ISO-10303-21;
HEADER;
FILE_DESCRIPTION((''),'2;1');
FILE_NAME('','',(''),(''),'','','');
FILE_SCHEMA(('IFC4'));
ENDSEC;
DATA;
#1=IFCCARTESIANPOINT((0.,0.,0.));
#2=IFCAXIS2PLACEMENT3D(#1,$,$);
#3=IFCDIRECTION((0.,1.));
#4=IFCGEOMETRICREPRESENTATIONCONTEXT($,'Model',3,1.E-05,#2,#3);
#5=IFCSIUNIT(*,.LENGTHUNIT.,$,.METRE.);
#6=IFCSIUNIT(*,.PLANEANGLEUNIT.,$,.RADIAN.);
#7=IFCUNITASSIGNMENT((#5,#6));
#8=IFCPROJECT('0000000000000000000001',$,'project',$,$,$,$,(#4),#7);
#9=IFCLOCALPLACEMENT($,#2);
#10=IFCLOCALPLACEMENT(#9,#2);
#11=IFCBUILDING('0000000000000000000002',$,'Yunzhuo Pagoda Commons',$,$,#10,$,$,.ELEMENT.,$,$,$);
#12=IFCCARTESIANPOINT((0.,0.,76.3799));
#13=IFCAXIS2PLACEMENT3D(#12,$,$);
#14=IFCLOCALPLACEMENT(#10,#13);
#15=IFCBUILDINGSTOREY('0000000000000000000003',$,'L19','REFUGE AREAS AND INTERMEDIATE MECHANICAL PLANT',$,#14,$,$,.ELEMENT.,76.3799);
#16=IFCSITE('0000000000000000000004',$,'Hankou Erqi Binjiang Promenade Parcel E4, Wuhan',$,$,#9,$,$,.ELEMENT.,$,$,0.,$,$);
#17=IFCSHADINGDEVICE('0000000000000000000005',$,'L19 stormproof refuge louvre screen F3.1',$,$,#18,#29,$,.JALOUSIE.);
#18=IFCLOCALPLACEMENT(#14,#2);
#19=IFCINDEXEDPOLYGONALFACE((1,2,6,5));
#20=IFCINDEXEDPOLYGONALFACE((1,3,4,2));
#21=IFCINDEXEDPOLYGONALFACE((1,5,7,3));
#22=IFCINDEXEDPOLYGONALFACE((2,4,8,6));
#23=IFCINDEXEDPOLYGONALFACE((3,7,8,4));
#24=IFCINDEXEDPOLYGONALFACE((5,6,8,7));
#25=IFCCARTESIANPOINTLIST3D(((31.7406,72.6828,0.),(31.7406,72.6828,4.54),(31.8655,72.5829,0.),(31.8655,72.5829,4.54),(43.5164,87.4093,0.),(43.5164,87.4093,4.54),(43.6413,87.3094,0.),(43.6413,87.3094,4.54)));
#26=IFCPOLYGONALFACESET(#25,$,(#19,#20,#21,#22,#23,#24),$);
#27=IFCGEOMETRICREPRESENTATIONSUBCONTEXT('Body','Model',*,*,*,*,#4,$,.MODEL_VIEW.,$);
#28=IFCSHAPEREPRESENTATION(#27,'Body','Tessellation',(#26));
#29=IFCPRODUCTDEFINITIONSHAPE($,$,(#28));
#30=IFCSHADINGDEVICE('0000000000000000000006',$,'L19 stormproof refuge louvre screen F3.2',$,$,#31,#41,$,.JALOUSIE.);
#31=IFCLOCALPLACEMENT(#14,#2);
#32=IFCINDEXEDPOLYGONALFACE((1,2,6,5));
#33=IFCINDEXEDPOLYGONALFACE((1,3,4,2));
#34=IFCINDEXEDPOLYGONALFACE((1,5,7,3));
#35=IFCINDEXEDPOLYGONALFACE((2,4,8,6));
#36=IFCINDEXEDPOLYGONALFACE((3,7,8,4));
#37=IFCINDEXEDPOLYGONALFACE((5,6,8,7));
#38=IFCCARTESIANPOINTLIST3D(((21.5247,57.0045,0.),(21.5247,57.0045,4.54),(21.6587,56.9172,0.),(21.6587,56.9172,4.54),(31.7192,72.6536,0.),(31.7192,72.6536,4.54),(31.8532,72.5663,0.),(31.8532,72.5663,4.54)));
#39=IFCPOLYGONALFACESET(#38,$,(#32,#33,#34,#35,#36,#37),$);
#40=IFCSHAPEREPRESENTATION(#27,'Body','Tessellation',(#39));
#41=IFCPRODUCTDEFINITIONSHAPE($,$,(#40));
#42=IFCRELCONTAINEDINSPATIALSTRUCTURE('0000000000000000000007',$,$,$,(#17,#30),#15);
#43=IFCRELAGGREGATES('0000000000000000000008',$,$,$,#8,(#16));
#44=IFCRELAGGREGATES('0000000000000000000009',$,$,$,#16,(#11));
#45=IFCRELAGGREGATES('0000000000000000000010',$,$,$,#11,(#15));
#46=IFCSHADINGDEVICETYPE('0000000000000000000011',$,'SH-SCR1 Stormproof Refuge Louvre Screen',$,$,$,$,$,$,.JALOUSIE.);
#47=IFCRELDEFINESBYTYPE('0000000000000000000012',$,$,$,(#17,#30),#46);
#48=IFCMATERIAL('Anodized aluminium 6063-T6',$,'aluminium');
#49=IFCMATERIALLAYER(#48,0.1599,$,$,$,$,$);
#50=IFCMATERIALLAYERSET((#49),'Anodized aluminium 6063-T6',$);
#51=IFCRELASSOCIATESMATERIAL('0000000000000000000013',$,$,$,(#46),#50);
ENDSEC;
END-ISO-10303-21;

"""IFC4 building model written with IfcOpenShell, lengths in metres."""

from ifc_helpers import new_model, si_unit, direction, frame, origin, origin_2d, place, context, subcontext, project, spatial, rectangle, extrude, source, transform, mapped, material, layer, layer_set, type_object, element, save


model = new_model("IFC4")

# Units and contexts
model_context = context("Model", 3, precision=1e-05, world=origin(), true_north=direction((0.0, 1.0)))
body_context = subcontext(model_context, "Body", "Model", "MODEL_VIEW")
ifc_project = project(units=[si_unit("LENGTHUNIT", "METRE"), si_unit("PLANEANGLEUNIT", "RADIAN")], contexts=[model_context])

# Site, building, storey
site_placement = place(None, origin())
site = spatial("IfcSite", under=ifc_project, at=site_placement, Name="Hankou Erqi Binjiang Promenade Parcel E4, Wuhan", CompositionType="ELEMENT", RefElevation=0.0)
building_placement = place(site_placement, origin())
building = spatial("IfcBuilding", under=site, at=building_placement, Name="Yunzhuo Pagoda Commons", CompositionType="ELEMENT")
storey_placement = place(building_placement, frame((0.0, 0.0, 76.3799)))
storey = spatial("IfcBuildingStorey", under=building, at=storey_placement, Name="L19", Description="REFUGE AREAS AND INTERMEDIATE MECHANICAL PLANT", CompositionType="ELEMENT", Elevation=76.3799)

# Shared definitions
ifc_material_1 = material(Name="Anodized aluminium 6063-T6", Category="aluminium")

# Shading devices
ifc_layer_1 = layer(ifc_material_1, 0.1599)
ifc_layer_set_1 = layer_set([ifc_layer_1], Name="Anodized aluminium 6063-T6")
shading_device_type = type_object("IfcShadingDeviceType", Name="SH-SCR1 Stormproof Refuge Louvre Screen", PredefinedType="JALOUSIE", material=ifc_layer_set_1)
shared_shape_1 = source(origin(), body_context, "Body", "SweptSolid", [
    extrude(rectangle(XDim=18.8557, YDim=0.1599, at=origin_2d()), origin(), (0.0, 0.0, 1.0), 4.54),
])
shading_device_1_placement = place(storey_placement, frame((37.6909, 79.9961, 0.0), z_axis=(0.0, 0.0, 1.0), x_axis=(-0.62452, -0.781008, 0.0)))
element("IfcShadingDevice", 1, at=shading_device_1_placement, inside=storey, type_object=shading_device_type, Name="L19 stormproof refuge louvre screen F3.1", PredefinedType="JALOUSIE", context=body_context, shape_type="MappedRepresentation", body=[
    mapped(shared_shape_1, transform((0.0, 0.0, 0.0), scale=1.0)),
])
shared_shape_2 = source(origin(), body_context, "Body", "SweptSolid", [
    extrude(rectangle(XDim=18.6768, YDim=0.1599, at=origin_2d()), origin(), (0.0, 0.0, 1.0), 4.54),
])
shading_device_2_placement = place(storey_placement, frame((26.689, 64.7854, 0.0), z_axis=(0.0, 0.0, 1.0), x_axis=(-0.545839, -0.83789, 0.0)))
element("IfcShadingDevice", 2, at=shading_device_2_placement, inside=storey, type_object=shading_device_type, Name="L19 stormproof refuge louvre screen F3.2", PredefinedType="JALOUSIE", context=body_context, shape_type="MappedRepresentation", body=[
    mapped(shared_shape_2, transform((0.0, 0.0, 0.0), scale=1.0)),
])

save(model, "model.ifc")
